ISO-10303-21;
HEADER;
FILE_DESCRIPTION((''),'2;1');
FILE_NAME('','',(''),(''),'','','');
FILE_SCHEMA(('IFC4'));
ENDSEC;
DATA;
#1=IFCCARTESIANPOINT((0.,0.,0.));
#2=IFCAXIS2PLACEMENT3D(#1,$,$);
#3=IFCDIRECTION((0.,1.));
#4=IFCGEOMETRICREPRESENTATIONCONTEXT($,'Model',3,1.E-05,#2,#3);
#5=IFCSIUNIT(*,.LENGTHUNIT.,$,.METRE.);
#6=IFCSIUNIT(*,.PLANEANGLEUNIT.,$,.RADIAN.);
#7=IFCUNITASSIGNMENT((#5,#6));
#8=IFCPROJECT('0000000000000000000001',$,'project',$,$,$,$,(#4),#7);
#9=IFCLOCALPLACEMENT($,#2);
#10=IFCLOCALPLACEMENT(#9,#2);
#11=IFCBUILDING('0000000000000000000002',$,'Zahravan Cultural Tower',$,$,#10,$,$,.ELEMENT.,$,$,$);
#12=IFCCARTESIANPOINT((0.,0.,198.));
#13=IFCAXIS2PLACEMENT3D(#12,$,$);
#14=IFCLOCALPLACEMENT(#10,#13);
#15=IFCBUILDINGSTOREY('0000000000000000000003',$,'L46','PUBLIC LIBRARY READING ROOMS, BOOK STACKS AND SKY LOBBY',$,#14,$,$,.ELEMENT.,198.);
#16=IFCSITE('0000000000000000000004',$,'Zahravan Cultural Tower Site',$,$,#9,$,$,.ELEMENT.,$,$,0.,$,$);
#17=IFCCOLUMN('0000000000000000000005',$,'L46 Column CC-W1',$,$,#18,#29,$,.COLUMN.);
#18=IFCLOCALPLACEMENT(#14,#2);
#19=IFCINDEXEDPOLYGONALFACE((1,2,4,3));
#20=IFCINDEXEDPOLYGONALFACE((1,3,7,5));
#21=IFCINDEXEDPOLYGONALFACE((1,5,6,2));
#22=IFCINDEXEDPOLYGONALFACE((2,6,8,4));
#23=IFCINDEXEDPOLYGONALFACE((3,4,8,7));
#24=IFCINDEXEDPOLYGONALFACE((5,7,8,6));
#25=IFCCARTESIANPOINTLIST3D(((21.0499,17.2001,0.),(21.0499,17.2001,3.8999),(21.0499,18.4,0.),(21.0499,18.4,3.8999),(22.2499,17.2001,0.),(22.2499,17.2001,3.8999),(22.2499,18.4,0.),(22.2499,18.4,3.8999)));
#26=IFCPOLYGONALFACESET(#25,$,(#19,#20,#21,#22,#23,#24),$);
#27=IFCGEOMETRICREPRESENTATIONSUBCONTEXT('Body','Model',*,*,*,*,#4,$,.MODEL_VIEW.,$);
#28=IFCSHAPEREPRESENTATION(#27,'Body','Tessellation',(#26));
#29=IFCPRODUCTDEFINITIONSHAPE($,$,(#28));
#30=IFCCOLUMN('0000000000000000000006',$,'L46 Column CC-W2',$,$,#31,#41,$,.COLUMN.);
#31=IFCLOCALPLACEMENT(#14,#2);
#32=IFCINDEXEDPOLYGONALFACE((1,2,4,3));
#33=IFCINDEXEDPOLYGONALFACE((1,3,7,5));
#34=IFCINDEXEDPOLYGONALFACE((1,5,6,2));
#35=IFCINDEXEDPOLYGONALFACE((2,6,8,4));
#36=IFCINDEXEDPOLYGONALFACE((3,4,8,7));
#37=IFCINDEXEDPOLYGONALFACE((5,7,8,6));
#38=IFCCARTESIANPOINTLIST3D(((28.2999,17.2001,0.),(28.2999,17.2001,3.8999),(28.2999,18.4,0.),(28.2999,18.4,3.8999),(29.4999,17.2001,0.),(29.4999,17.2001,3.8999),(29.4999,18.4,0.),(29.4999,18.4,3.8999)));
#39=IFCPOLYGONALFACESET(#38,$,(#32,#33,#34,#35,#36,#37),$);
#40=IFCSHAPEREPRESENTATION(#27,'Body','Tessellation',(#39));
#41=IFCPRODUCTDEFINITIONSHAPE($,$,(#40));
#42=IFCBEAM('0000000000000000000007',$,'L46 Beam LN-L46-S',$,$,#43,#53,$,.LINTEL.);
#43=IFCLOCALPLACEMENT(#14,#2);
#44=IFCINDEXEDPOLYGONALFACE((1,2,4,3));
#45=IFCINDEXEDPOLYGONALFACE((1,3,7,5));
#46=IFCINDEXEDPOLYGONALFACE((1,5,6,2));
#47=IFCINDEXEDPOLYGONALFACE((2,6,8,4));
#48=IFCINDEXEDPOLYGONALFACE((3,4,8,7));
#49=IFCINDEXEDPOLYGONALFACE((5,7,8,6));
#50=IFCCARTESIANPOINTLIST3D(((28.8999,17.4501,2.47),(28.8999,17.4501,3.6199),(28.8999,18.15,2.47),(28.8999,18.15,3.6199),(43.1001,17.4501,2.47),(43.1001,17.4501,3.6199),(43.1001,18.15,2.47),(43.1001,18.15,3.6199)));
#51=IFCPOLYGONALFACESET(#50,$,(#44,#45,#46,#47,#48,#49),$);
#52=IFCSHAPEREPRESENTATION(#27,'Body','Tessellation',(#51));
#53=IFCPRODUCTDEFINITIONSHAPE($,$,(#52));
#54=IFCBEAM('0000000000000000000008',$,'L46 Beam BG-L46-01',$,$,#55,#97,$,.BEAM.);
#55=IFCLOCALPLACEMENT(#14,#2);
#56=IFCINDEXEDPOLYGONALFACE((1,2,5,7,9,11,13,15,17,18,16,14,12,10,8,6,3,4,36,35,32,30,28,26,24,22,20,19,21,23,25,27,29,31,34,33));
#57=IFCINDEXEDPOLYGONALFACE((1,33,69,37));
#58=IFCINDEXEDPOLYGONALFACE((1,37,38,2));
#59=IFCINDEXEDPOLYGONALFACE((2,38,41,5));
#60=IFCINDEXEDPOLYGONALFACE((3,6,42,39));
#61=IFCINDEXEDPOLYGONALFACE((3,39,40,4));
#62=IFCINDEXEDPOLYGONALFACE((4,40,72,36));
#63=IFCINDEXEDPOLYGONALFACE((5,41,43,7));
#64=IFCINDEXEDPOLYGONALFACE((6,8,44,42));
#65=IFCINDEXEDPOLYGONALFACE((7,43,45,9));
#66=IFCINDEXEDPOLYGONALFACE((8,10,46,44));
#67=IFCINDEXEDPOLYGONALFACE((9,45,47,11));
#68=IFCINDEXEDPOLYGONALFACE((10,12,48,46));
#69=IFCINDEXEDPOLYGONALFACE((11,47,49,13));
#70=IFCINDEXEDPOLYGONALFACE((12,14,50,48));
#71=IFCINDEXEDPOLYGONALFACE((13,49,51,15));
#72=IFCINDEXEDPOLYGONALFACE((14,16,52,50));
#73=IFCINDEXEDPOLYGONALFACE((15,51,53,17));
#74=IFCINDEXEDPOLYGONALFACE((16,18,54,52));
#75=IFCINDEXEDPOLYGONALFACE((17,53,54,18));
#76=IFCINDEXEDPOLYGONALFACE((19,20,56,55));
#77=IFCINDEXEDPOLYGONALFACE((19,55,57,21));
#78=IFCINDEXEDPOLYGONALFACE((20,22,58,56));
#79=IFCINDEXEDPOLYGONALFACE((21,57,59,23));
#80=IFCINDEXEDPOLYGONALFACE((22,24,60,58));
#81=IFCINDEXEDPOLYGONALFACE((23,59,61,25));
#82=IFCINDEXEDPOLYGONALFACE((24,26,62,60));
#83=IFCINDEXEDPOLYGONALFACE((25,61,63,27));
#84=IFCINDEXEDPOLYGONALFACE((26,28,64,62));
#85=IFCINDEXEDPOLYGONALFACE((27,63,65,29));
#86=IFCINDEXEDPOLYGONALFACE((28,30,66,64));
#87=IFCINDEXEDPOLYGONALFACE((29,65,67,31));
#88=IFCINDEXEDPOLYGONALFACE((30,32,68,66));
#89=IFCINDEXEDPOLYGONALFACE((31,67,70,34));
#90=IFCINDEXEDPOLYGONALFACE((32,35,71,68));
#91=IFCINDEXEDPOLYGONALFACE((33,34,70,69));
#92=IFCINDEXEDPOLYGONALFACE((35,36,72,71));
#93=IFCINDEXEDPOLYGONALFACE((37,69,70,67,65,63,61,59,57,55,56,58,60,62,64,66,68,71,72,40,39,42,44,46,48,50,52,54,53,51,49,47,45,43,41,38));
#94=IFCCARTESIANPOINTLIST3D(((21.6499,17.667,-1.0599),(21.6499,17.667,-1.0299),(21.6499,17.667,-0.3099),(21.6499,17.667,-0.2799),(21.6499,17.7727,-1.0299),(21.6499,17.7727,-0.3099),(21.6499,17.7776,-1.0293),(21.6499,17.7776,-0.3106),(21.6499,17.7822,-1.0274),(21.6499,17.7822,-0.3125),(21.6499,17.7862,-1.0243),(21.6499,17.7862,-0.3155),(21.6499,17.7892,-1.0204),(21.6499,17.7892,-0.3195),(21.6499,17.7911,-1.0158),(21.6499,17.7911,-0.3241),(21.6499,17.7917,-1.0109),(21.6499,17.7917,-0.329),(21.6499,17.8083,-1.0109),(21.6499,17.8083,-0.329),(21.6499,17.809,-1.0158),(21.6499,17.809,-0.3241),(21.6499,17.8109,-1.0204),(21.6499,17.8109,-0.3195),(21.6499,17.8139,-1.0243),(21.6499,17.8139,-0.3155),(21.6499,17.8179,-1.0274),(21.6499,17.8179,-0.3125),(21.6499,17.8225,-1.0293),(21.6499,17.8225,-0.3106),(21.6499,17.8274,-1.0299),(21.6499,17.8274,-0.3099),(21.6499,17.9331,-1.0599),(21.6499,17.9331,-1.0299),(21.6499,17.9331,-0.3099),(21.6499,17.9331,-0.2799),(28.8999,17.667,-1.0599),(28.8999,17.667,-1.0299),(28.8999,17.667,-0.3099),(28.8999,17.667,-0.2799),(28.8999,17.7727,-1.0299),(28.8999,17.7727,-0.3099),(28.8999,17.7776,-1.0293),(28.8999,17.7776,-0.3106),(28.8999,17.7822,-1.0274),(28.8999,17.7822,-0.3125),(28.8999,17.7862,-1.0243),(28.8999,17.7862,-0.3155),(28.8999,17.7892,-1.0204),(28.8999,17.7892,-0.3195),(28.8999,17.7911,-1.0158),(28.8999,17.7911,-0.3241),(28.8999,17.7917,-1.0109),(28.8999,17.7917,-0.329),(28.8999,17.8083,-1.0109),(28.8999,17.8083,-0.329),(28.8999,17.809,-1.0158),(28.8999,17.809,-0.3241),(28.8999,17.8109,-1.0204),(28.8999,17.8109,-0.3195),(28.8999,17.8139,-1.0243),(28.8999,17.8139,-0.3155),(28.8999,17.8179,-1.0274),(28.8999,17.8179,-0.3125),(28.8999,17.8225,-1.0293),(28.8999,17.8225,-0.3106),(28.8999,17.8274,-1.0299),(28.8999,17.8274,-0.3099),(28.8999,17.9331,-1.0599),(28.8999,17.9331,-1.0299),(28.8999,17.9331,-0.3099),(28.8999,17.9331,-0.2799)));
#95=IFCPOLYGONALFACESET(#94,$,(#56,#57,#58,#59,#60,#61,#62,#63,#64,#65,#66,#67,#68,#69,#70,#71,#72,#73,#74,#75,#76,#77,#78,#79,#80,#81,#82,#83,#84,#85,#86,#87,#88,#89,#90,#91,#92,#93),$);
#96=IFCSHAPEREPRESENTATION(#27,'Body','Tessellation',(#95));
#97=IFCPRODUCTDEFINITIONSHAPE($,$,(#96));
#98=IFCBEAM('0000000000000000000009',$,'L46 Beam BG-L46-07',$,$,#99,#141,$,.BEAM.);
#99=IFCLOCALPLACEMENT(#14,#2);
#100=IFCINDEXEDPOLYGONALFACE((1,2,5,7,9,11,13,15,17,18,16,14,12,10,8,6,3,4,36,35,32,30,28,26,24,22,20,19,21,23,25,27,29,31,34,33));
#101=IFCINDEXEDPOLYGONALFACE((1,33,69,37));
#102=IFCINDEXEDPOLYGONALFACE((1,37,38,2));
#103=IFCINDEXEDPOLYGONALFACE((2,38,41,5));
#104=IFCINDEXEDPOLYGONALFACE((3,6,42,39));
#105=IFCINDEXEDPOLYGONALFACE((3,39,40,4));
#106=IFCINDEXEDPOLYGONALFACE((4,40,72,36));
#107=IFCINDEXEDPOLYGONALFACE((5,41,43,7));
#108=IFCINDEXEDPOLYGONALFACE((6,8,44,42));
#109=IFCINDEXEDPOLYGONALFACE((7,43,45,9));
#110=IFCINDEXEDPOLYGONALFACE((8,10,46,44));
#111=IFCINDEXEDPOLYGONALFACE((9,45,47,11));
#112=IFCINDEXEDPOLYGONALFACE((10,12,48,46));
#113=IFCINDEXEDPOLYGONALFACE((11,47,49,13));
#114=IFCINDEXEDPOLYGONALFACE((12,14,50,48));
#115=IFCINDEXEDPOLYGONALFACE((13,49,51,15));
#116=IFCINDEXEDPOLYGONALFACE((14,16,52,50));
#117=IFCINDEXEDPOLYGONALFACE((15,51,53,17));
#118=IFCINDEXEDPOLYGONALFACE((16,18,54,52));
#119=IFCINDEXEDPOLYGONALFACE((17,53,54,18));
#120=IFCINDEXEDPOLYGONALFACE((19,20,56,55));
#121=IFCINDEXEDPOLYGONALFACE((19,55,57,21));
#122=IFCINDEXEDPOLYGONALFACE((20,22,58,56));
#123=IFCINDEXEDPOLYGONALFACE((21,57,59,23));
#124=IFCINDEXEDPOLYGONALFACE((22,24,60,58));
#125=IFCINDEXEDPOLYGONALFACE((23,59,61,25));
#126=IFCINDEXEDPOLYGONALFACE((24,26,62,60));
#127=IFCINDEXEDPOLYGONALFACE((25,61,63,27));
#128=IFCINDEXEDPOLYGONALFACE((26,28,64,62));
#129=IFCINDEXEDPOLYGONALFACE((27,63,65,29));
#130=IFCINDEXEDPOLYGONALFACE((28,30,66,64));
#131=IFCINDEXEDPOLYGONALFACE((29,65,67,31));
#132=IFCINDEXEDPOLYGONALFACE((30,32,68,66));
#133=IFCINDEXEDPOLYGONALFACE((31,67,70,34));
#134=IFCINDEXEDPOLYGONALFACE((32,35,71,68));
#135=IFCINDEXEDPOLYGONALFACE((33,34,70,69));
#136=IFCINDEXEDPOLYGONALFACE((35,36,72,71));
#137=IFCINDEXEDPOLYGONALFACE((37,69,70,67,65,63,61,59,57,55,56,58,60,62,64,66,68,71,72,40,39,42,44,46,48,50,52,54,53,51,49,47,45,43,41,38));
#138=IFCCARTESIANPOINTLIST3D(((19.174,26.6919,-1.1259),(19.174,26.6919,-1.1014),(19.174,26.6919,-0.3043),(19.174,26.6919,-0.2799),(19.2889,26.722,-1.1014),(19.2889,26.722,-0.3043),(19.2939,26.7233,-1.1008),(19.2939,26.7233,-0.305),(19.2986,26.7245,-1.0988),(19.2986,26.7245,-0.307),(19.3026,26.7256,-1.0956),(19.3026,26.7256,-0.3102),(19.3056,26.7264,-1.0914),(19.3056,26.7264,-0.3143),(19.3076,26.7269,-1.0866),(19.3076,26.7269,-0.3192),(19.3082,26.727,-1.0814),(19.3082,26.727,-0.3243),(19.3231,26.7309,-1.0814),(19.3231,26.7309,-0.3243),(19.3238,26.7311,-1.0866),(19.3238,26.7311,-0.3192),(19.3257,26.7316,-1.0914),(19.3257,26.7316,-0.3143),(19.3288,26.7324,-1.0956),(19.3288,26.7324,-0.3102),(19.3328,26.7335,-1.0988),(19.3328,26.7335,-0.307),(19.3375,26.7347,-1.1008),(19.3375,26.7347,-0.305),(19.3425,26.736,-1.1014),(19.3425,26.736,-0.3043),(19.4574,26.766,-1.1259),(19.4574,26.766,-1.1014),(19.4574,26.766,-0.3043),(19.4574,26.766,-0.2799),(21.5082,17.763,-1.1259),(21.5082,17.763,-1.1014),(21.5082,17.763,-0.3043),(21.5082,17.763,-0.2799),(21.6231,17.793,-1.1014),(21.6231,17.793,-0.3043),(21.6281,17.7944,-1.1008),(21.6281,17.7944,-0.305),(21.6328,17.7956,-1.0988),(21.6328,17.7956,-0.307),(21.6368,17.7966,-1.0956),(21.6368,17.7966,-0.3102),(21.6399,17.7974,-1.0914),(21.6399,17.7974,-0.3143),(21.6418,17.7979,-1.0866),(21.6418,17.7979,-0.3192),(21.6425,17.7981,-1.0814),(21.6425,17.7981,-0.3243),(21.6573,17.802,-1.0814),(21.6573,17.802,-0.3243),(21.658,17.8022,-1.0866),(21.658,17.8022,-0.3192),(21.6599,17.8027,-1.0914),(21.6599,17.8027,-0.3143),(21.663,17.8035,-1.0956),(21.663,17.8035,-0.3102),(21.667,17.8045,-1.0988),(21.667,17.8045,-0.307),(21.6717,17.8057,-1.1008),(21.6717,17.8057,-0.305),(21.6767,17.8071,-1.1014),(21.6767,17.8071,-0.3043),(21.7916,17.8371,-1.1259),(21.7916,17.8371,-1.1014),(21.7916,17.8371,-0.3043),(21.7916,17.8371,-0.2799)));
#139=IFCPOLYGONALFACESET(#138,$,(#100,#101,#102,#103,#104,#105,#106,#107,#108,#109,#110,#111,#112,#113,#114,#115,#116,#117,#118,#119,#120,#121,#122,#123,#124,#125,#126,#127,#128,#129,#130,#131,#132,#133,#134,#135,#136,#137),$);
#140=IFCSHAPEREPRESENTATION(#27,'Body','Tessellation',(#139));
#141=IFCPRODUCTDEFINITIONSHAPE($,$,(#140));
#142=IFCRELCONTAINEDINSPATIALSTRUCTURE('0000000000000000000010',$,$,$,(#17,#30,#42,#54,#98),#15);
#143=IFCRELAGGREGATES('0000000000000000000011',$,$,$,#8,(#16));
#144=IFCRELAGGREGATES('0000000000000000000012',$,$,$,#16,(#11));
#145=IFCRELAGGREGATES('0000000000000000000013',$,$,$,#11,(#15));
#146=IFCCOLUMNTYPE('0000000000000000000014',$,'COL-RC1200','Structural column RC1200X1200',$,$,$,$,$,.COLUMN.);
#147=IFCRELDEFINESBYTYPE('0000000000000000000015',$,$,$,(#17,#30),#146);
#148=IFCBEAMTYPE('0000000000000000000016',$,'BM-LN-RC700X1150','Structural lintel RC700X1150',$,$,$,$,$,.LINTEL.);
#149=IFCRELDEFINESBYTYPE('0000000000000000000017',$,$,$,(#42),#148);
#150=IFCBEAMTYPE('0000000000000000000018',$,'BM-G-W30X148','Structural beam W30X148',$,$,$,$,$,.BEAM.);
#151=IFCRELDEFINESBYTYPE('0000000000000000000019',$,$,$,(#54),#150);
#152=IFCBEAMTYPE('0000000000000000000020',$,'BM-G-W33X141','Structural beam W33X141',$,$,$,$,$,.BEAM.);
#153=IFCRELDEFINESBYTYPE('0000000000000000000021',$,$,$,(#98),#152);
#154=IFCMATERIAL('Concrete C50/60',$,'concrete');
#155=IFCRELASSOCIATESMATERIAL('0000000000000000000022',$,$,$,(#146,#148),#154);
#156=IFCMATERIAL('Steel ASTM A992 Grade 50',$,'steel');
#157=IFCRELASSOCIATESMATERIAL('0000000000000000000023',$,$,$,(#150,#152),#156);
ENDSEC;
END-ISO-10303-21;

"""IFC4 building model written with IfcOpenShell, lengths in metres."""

from ifc_helpers import new_model, si_unit, direction, frame, origin, origin_2d, place, context, subcontext, project, spatial, rectangle, i_section, extrude, source, transform, mapped, material, material_profile, profile_set, type_object, element, save


model = new_model("IFC4")

# Units and contexts
model_context = context("Model", 3, precision=1e-05, world=origin(), true_north=direction((0.0, 1.0)))
body_context = subcontext(model_context, "Body", "Model", "MODEL_VIEW")
ifc_project = project(units=[si_unit("LENGTHUNIT", "METRE"), si_unit("PLANEANGLEUNIT", "RADIAN")], contexts=[model_context])

# Site, building, storey
site_placement = place(None, origin())
site = spatial("IfcSite", under=ifc_project, at=site_placement, Name="Zahravan Cultural Tower Site", CompositionType="ELEMENT", RefElevation=0.0)
building_placement = place(site_placement, origin())
building = spatial("IfcBuilding", under=site, at=building_placement, Name="Zahravan Cultural Tower", CompositionType="ELEMENT")
storey_placement = place(building_placement, frame((0.0, 0.0, 198.0)))
storey = spatial("IfcBuildingStorey", under=building, at=storey_placement, Name="L46", Description="PUBLIC LIBRARY READING ROOMS, BOOK STACKS AND SKY LOBBY", CompositionType="ELEMENT", Elevation=198.0)

# Columns
ifc_material_1 = material(Name="Concrete C50/60", Category="concrete")
ifc_material_profile_1 = material_profile(ifc_material_1, rectangle(XDim=1.2, YDim=1.2, at=origin_2d()), Name="RC1200X1200")
ifc_profile_set_1 = profile_set([ifc_material_profile_1], Name="Concrete C50/60")
column_type = type_object("IfcColumnType", Name="COL-RC1200", Description="Structural column RC1200X1200", PredefinedType="COLUMN", material=ifc_profile_set_1)
shared_shape_1 = source(origin(), body_context, "Body", "SweptSolid", [
    extrude(rectangle(XDim=1.2, YDim=1.2, at=origin_2d()), origin(), (0.0, 0.0, 1.0), 3.8999),
])
for number, where, z_axis, x_axis, name in (
    (1, (21.6499, 17.8, 0.0), (0.0, 0.0, 1.0), (1.0, 0.0, 0.0), "L46 Column CC-W1"),
    (2, (28.8999, 17.8, 0.0), (0.0, 0.0, 1.0), (1.0, 0.0, 0.0), "L46 Column CC-W2"),
):
    element("IfcColumn", number, at=place(storey_placement, frame(where, z_axis=z_axis, x_axis=x_axis)), inside=storey, type_object=column_type, Name=name, PredefinedType="COLUMN", context=body_context, shape_type="MappedRepresentation", body=[
        mapped(shared_shape_1, transform((0.0, 0.0, 0.0), x_axis=(1.0, 0.0, 0.0), y_axis=(0.0, 1.0, 0.0), z_axis=(0.0, 0.0, 1.0), scale=1.0)),
    ])

# Beams
ifc_material_profile_2 = material_profile(ifc_material_1, rectangle(XDim=0.7, YDim=1.1499, at=origin_2d()), Name="RC700X1150")
ifc_profile_set_2 = profile_set([ifc_material_profile_2], Name="Concrete C50/60")
beam_type_1 = type_object("IfcBeamType", Name="BM-LN-RC700X1150", Description="Structural lintel RC700X1150", PredefinedType="LINTEL", material=ifc_profile_set_2)
shared_shape_2 = source(origin(), body_context, "Body", "SweptSolid", [
    extrude(rectangle(XDim=0.7, YDim=1.1499, at=origin_2d()), origin(), (0.0, 0.0, 1.0), 14.2002),
])
beam_1_placement = place(storey_placement, frame((28.8999, 17.8, 3.0449), z_axis=(1.0, 0.0, 0.0), x_axis=(0.0, 1.0, 0.0)))
element("IfcBeam", 3, at=beam_1_placement, inside=storey, type_object=beam_type_1, Name="L46 Beam LN-L46-S", PredefinedType="LINTEL", context=body_context, shape_type="MappedRepresentation", body=[
    mapped(shared_shape_2, transform((0.0, 0.0, 0.0), x_axis=(1.0, 0.0, 0.0), y_axis=(0.0, 1.0, 0.0), z_axis=(0.0, 0.0, 1.0), scale=1.0)),
])
ifc_material_2 = material(Name="Steel ASTM A992 Grade 50", Category="steel")
ifc_material_profile_3 = material_profile(ifc_material_2, i_section(OverallWidth=0.2661, OverallDepth=0.78, WebThickness=0.0166, FlangeThickness=0.03, FilletRadius=0.019, at=origin_2d()), Name="W30X148")
ifc_profile_set_3 = profile_set([ifc_material_profile_3], Name="Steel ASTM A992 Grade 50")
beam_type_2 = type_object("IfcBeamType", Name="BM-G-W30X148", Description="Structural beam W30X148", PredefinedType="BEAM", material=ifc_profile_set_3)
shared_shape_3 = source(origin(), body_context, "Body", "SweptSolid", [
    extrude(i_section(OverallWidth=0.2661, OverallDepth=0.78, WebThickness=0.0166, FlangeThickness=0.03, FilletRadius=0.019, at=origin_2d()), origin(), (0.0, 0.0, 1.0), 7.25),
])
beam_2_placement = place(storey_placement, frame((21.6499, 17.8, -0.6699), z_axis=(1.0, 0.0, 0.0), x_axis=(0.0, 1.0, 0.0)))
element("IfcBeam", 4, at=beam_2_placement, inside=storey, type_object=beam_type_2, Name="L46 Beam BG-L46-01", PredefinedType="BEAM", context=body_context, shape_type="MappedRepresentation", body=[
    mapped(shared_shape_3, transform((0.0, 0.0, 0.0), x_axis=(1.0, 0.0, 0.0), y_axis=(0.0, 1.0, 0.0), z_axis=(0.0, 0.0, 1.0), scale=1.0)),
])
ifc_material_profile_4 = material_profile(ifc_material_2, i_section(OverallWidth=0.293, OverallDepth=0.8459, WebThickness=0.0154, FlangeThickness=0.0244, FilletRadius=0.02, at=origin_2d()), Name="W33X141")
ifc_profile_set_4 = profile_set([ifc_material_profile_4], Name="Steel ASTM A992 Grade 50")
beam_type_3 = type_object("IfcBeamType", Name="BM-G-W33X141", Description="Structural beam W33X141", PredefinedType="BEAM", material=ifc_profile_set_4)
shared_shape_4 = source(origin(), body_context, "Body", "SweptSolid", [
    extrude(i_section(OverallWidth=0.293, OverallDepth=0.8459, WebThickness=0.0154, FlangeThickness=0.0244, FilletRadius=0.02, at=origin_2d()), origin(), (0.0, 0.0, 1.0), 9.229),
])
beam_3_placement = place(storey_placement, frame((21.6499, 17.8, -0.7029), z_axis=(-0.252923, 0.967487, 0.0), x_axis=(-0.967487, -0.252923, 0.0)))
element("IfcBeam", 5, at=beam_3_placement, inside=storey, type_object=beam_type_3, Name="L46 Beam BG-L46-07", PredefinedType="BEAM", context=body_context, shape_type="MappedRepresentation", body=[
    mapped(shared_shape_4, transform((0.0, 0.0, 0.0), x_axis=(1.0, 0.0, 0.0), y_axis=(0.0, 1.0, 0.0), z_axis=(0.0, 0.0, 1.0), scale=1.0)),
])

save(model, "model.ifc")
